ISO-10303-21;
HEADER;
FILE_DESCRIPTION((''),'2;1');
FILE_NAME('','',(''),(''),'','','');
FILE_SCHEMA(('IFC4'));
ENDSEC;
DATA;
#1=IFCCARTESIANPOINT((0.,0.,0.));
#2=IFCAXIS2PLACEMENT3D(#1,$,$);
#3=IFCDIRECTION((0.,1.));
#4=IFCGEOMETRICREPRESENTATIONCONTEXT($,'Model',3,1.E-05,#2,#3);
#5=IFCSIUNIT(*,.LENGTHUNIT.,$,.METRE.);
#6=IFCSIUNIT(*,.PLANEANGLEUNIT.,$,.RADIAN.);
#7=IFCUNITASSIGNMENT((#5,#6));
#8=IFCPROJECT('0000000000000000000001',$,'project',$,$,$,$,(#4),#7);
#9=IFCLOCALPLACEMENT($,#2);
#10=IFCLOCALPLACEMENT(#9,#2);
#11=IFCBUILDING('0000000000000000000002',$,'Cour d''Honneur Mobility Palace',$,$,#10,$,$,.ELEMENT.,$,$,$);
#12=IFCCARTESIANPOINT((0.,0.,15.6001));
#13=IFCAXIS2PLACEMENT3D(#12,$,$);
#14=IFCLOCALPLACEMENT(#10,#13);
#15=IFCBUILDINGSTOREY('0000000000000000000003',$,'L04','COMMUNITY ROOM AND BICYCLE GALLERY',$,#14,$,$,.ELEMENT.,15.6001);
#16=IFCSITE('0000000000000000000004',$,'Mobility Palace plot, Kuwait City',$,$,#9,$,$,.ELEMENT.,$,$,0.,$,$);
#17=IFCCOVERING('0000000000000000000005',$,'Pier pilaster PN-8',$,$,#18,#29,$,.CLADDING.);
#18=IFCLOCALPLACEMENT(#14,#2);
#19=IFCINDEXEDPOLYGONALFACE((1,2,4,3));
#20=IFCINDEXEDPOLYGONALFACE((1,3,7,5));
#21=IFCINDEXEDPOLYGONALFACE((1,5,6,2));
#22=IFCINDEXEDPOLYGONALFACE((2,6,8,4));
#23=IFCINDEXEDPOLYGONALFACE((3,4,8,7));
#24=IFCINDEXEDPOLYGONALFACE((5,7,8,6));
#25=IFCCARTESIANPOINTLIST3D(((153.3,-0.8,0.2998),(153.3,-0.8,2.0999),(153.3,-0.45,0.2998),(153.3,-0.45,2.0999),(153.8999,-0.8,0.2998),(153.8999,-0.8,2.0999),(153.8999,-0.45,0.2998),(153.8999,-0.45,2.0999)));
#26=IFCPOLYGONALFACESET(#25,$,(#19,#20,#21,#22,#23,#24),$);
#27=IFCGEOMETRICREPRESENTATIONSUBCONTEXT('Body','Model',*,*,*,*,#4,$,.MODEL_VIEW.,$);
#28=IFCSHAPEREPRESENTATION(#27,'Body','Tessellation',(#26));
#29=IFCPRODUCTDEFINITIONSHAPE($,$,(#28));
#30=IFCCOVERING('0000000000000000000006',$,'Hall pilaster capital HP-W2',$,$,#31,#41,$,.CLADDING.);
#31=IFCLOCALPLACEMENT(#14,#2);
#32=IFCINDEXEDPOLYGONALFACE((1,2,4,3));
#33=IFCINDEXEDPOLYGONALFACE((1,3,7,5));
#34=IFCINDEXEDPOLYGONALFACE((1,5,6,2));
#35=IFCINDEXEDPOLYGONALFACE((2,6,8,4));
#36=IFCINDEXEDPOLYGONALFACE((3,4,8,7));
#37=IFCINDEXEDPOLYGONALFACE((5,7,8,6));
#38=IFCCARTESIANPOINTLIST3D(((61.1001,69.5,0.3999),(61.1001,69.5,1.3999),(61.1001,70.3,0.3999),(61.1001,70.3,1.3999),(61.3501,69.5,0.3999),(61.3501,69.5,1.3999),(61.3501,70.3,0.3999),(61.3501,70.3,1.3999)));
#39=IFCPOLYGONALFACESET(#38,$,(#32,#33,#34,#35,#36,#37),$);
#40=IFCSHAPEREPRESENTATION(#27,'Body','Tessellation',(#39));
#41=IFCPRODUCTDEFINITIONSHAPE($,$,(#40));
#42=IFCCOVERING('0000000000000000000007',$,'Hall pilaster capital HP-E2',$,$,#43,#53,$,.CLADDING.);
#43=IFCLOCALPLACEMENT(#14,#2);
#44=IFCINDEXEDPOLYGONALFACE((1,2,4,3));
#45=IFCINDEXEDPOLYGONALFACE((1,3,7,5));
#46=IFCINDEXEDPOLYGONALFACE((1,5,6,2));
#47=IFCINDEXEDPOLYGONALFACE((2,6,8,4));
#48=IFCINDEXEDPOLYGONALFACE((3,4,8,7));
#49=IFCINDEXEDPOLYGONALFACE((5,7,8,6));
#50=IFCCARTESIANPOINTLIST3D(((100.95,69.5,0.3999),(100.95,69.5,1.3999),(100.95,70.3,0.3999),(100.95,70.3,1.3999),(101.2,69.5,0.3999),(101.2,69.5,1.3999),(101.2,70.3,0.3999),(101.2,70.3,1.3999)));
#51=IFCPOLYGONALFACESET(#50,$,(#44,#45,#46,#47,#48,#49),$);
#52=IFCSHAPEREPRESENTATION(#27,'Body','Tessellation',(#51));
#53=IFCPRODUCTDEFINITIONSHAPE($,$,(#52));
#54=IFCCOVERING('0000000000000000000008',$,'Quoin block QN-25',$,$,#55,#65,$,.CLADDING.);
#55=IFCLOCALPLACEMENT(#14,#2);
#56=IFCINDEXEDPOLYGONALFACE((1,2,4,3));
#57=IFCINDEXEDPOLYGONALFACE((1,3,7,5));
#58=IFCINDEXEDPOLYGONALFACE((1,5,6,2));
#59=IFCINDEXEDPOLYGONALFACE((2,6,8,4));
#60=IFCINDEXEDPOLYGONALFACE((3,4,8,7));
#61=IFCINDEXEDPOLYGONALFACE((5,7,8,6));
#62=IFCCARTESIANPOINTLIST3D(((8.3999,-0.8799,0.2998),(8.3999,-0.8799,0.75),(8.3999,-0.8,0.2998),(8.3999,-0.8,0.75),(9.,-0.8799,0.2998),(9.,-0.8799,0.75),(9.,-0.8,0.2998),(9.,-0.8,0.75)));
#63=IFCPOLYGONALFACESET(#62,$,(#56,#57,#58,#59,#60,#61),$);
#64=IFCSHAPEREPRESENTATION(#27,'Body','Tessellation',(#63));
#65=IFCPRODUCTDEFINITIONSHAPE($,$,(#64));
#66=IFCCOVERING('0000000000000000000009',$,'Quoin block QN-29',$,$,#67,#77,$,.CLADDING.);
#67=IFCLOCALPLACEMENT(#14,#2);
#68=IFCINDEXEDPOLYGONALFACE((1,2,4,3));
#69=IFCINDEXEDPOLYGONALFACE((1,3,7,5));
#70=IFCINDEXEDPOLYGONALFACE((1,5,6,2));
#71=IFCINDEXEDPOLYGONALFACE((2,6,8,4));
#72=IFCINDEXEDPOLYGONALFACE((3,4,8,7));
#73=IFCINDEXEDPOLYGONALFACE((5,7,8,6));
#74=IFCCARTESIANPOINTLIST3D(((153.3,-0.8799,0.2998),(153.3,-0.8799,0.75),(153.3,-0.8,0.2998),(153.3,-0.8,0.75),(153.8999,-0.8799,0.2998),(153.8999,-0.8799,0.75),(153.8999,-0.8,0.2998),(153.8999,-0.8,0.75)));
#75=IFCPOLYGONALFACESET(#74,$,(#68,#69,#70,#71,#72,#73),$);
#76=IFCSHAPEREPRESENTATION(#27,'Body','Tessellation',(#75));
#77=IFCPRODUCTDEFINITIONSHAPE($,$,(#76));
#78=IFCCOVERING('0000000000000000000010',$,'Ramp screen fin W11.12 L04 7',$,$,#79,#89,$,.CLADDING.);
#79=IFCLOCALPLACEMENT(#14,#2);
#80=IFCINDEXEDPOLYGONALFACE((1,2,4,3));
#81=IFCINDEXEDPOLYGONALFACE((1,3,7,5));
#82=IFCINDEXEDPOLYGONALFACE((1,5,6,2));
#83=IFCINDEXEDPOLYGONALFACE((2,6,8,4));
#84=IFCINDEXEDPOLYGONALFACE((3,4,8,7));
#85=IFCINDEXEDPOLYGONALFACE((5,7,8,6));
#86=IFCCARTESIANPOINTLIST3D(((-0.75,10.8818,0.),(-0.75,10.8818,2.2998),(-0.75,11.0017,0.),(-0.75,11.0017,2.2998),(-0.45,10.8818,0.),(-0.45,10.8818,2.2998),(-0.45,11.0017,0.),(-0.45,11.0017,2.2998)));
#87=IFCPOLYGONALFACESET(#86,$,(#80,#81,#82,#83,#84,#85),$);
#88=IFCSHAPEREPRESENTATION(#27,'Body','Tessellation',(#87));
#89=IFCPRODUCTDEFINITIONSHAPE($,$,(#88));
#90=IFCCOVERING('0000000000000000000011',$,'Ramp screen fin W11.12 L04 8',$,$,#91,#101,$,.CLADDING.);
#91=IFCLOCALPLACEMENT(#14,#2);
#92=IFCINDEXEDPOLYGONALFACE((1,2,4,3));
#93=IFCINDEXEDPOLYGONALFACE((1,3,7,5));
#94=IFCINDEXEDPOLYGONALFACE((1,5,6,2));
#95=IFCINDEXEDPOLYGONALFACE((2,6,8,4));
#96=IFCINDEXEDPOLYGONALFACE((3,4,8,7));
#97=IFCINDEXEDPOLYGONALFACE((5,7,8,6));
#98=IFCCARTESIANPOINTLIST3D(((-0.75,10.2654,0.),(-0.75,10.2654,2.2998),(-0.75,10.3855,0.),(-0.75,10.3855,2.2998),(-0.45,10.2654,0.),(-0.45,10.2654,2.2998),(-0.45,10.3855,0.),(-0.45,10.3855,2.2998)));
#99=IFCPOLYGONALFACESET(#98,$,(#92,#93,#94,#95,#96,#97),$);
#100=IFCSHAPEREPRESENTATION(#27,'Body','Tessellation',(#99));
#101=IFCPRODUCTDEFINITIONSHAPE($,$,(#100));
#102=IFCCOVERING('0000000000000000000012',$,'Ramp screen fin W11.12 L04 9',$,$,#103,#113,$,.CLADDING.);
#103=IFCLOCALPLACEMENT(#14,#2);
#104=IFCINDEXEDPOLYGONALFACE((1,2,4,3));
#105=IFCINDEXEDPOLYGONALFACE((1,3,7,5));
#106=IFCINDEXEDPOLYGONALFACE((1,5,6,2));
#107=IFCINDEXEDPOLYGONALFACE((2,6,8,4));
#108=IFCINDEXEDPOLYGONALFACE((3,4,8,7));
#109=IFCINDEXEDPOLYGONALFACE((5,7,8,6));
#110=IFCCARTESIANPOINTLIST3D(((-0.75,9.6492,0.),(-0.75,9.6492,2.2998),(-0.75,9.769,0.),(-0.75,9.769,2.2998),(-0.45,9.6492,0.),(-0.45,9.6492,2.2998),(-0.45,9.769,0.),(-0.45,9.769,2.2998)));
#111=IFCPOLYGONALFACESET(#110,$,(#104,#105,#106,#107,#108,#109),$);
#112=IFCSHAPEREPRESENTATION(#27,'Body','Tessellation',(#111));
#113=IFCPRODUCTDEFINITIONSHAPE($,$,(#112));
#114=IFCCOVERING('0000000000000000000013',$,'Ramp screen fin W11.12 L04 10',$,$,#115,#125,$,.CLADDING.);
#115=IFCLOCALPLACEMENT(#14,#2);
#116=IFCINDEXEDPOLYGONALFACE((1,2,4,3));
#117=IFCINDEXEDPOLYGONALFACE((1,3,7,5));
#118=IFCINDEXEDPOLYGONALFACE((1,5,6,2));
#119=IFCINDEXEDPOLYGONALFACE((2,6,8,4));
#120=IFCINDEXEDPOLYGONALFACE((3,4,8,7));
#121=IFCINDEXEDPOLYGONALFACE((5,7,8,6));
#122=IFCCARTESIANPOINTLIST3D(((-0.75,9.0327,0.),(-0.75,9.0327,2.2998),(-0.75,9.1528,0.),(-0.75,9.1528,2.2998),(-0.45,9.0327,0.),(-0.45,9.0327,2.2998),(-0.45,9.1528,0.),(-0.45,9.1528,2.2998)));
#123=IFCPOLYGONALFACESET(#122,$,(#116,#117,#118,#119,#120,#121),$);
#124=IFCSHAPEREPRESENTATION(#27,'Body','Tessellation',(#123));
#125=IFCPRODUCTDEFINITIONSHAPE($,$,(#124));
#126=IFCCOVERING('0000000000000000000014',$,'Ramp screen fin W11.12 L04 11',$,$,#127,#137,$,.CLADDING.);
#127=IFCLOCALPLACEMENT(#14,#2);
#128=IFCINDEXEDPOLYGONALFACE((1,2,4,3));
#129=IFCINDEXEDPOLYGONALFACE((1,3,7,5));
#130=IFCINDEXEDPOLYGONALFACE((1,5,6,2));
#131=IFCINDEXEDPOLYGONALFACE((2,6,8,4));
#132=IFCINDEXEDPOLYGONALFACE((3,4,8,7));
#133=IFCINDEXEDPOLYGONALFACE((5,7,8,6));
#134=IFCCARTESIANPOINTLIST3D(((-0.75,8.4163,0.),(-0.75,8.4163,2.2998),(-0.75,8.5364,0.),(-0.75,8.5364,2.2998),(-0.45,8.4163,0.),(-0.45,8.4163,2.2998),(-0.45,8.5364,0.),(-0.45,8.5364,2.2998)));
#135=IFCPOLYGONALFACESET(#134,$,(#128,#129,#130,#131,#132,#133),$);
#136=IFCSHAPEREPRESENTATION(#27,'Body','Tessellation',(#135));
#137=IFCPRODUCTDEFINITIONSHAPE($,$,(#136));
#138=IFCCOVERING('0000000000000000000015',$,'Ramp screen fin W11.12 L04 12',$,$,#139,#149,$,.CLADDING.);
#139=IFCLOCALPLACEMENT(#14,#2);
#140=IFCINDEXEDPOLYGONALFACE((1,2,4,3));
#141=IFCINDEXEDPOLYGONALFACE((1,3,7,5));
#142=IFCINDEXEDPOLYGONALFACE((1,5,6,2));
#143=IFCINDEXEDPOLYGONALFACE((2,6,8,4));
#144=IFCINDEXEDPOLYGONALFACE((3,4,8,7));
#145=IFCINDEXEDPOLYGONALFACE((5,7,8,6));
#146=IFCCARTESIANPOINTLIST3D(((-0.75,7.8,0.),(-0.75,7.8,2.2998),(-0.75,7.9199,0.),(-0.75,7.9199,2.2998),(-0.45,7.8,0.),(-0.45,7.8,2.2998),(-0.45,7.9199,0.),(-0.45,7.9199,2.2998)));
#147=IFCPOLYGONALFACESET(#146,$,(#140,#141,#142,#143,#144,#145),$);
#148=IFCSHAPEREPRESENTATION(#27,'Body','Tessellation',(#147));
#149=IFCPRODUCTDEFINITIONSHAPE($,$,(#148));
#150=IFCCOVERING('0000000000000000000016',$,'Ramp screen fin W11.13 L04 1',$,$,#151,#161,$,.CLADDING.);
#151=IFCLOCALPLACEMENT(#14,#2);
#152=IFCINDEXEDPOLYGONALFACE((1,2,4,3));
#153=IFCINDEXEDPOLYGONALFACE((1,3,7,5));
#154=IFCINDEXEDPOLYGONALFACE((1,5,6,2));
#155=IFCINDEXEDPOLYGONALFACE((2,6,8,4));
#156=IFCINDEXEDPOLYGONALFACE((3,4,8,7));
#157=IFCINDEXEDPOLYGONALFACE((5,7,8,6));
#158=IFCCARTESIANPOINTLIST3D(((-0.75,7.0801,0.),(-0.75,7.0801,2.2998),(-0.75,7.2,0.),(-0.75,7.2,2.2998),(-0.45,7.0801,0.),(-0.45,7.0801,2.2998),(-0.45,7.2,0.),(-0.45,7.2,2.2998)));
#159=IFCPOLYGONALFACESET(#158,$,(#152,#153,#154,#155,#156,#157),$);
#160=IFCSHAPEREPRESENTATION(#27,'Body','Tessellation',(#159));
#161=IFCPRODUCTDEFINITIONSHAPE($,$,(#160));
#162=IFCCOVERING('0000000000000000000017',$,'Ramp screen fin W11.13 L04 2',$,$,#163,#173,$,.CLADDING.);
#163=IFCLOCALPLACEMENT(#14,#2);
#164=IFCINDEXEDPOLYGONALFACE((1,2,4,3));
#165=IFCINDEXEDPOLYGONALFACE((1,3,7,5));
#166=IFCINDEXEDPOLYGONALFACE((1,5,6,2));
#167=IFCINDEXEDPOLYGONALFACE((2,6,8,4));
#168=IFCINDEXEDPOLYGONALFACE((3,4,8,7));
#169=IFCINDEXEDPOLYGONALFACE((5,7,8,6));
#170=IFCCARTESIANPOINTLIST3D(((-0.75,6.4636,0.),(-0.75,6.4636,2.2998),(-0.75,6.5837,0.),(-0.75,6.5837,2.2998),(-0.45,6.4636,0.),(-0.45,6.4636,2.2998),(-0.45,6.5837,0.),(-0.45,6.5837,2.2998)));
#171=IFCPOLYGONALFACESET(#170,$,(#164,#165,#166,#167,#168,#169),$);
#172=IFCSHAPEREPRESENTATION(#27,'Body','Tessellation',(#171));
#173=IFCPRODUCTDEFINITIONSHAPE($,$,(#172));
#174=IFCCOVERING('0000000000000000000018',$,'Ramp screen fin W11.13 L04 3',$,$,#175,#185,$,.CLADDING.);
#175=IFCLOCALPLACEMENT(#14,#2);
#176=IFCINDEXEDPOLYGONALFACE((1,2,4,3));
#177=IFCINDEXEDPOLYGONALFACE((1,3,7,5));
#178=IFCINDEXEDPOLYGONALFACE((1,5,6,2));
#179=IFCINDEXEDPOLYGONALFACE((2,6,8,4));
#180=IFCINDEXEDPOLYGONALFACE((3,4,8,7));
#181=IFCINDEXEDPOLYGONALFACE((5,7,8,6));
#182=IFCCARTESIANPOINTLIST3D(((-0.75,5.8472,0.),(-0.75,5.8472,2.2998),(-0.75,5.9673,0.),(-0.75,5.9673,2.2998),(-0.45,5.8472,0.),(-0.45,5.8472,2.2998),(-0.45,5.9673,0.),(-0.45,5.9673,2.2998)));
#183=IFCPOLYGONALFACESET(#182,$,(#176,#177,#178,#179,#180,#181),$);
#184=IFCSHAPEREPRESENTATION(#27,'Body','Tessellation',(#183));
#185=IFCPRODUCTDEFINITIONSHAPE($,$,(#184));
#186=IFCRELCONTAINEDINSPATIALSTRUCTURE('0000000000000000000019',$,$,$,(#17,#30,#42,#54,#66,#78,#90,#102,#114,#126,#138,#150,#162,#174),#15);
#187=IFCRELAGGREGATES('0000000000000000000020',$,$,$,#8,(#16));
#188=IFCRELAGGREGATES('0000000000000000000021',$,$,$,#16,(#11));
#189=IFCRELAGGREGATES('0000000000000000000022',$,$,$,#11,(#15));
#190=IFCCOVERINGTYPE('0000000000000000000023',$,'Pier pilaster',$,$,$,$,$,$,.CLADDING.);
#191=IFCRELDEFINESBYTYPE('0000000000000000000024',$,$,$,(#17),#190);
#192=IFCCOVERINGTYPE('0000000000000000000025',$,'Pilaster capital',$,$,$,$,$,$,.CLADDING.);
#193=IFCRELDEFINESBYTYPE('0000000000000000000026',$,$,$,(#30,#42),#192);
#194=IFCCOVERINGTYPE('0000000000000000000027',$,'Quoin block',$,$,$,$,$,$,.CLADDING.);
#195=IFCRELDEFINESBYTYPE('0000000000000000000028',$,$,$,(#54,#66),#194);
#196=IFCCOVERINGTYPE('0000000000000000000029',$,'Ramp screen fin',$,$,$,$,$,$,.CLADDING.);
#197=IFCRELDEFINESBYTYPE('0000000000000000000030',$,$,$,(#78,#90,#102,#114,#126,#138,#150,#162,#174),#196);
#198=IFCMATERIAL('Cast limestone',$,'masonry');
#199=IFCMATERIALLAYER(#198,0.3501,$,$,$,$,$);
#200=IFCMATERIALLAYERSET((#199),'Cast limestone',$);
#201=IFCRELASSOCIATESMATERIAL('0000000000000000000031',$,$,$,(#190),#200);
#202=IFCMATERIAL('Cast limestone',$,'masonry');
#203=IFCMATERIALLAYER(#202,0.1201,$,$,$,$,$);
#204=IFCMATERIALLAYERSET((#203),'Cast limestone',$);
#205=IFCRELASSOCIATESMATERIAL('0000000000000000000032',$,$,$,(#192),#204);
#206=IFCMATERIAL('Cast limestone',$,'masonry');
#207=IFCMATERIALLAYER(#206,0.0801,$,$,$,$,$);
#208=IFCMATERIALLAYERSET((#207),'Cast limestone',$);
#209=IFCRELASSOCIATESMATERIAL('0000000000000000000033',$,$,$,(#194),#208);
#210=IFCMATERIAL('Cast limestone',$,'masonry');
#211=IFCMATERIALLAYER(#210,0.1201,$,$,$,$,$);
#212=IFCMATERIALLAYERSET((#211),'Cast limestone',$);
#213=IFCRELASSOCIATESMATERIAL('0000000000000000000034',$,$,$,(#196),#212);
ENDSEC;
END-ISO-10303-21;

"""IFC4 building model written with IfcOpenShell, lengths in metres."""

from ifc_helpers import new_model, si_unit, direction, frame, origin, place, context, subcontext, project, spatial, polyline, outline, extrude, material, layer, layer_set, type_object, element, save


model = new_model("IFC4")

# Units and contexts
model_context = context("Model", 3, precision=1e-05, world=origin(), true_north=direction((0.0, 1.0)))
body_context = subcontext(model_context, "Body", "Model", "MODEL_VIEW")
ifc_project = project(units=[si_unit("LENGTHUNIT", "METRE"), si_unit("PLANEANGLEUNIT", "RADIAN")], contexts=[model_context])

# Site, building, storey
site_placement = place(None, origin())
site = spatial("IfcSite", under=ifc_project, at=site_placement, Name="Mobility Palace plot, Kuwait City", CompositionType="ELEMENT", RefElevation=0.0)
building_placement = place(site_placement, origin())
building = spatial("IfcBuilding", under=site, at=building_placement, Name="Cour d'Honneur Mobility Palace", CompositionType="ELEMENT")
storey_placement = place(building_placement, frame((0.0, 0.0, 15.6001)))
storey = spatial("IfcBuildingStorey", under=building, at=storey_placement, Name="L04", Description="COMMUNITY ROOM AND BICYCLE GALLERY", CompositionType="ELEMENT", Elevation=15.6001)

# Coverings
ifc_material_1 = material(Name="Cast limestone", Category="masonry")
ifc_layer_1 = layer(ifc_material_1, 0.3501)
ifc_layer_set_1 = layer_set([ifc_layer_1], Name="Cast limestone")
covering_type_1 = type_object("IfcCoveringType", Name="Pier pilaster", PredefinedType="CLADDING", material=ifc_layer_set_1)
covering_1_placement = place(storey_placement, frame((0.0, 0.0, 0.2998)))
element("IfcCovering", 1, at=covering_1_placement, inside=storey, type_object=covering_type_1, Name="Pier pilaster PN-8", PredefinedType="CLADDING", context=body_context, shape_type="SweptSolid", body=[
    extrude(outline(polyline([(153.3, -0.45), (153.8999, -0.45), (153.8999, -0.8), (153.3, -0.8), (153.3, -0.45)])), origin(), (0.0, 0.0, 1.0), 1.8),
])
ifc_material_2 = material(Name="Cast limestone", Category="masonry")
ifc_layer_2 = layer(ifc_material_2, 0.1201)
ifc_layer_set_2 = layer_set([ifc_layer_2], Name="Cast limestone")
covering_type_2 = type_object("IfcCoveringType", Name="Pilaster capital", PredefinedType="CLADDING", material=ifc_layer_set_2)
covering_2_placement = place(storey_placement, frame((0.0, 0.0, 0.3999)))
element("IfcCovering", 2, at=covering_2_placement, inside=storey, type_object=covering_type_2, Name="Hall pilaster capital HP-W2", PredefinedType="CLADDING", context=body_context, shape_type="SweptSolid", body=[
    extrude(outline(polyline([(61.1001, 69.5), (61.3501, 69.5), (61.3501, 70.3), (61.1001, 70.3), (61.1001, 69.5)])), origin(), (0.0, 0.0, 1.0), 1.0),
])
covering_3_placement = place(storey_placement, frame((0.0, 0.0, 0.3999)))
element("IfcCovering", 3, at=covering_3_placement, inside=storey, type_object=covering_type_2, Name="Hall pilaster capital HP-E2", PredefinedType="CLADDING", context=body_context, shape_type="SweptSolid", body=[
    extrude(outline(polyline([(100.95, 69.5), (101.2, 69.5), (101.2, 70.3), (100.95, 70.3), (100.95, 69.5)])), origin(), (0.0, 0.0, 1.0), 1.0),
])
ifc_material_3 = material(Name="Cast limestone", Category="masonry")
ifc_layer_3 = layer(ifc_material_3, 0.0801)
ifc_layer_set_3 = layer_set([ifc_layer_3], Name="Cast limestone")
covering_type_3 = type_object("IfcCoveringType", Name="Quoin block", PredefinedType="CLADDING", material=ifc_layer_set_3)
covering_4_placement = place(storey_placement, frame((0.0, 0.0, 0.2998)))
element("IfcCovering", 4, at=covering_4_placement, inside=storey, type_object=covering_type_3, Name="Quoin block QN-25", PredefinedType="CLADDING", context=body_context, shape_type="SweptSolid", body=[
    extrude(outline(polyline([(8.3999, -0.8), (9.0, -0.8), (9.0, -0.8799), (8.3999, -0.8799), (8.3999, -0.8)])), origin(), (0.0, 0.0, 1.0), 0.4502),
])
covering_5_placement = place(storey_placement, frame((0.0, 0.0, 0.2998)))
element("IfcCovering", 5, at=covering_5_placement, inside=storey, type_object=covering_type_3, Name="Quoin block QN-29", PredefinedType="CLADDING", context=body_context, shape_type="SweptSolid", body=[
    extrude(outline(polyline([(153.3, -0.8), (153.8999, -0.8), (153.8999, -0.8799), (153.3, -0.8799), (153.3, -0.8)])), origin(), (0.0, 0.0, 1.0), 0.4502),
])
ifc_material_4 = material(Name="Cast limestone", Category="masonry")
ifc_layer_4 = layer(ifc_material_4, 0.1201)
ifc_layer_set_4 = layer_set([ifc_layer_4], Name="Cast limestone")
covering_type_4 = type_object("IfcCoveringType", Name="Ramp screen fin", PredefinedType="CLADDING", material=ifc_layer_set_4)
covering_6_placement = place(storey_placement, origin())
element("IfcCovering", 6, at=covering_6_placement, inside=storey, type_object=covering_type_4, Name="Ramp screen fin W11.12 L04 7", PredefinedType="CLADDING", context=body_context, shape_type="SweptSolid", body=[
    extrude(outline(polyline([(-0.45, 11.0017), (-0.45, 10.8818), (-0.75, 10.8818), (-0.75, 11.0017), (-0.45, 11.0017)])), origin(), (0.0, 0.0, 1.0), 2.2998),
])
covering_7_placement = place(storey_placement, origin())
element("IfcCovering", 7, at=covering_7_placement, inside=storey, type_object=covering_type_4, Name="Ramp screen fin W11.12 L04 8", PredefinedType="CLADDING", context=body_context, shape_type="SweptSolid", body=[
    extrude(outline(polyline([(-0.45, 10.3855), (-0.45, 10.2654), (-0.75, 10.2654), (-0.75, 10.3855), (-0.45, 10.3855)])), origin(), (0.0, 0.0, 1.0), 2.2998),
])
covering_8_placement = place(storey_placement, origin())
element("IfcCovering", 8, at=covering_8_placement, inside=storey, type_object=covering_type_4, Name="Ramp screen fin W11.12 L04 9", PredefinedType="CLADDING", context=body_context, shape_type="SweptSolid", body=[
    extrude(outline(polyline([(-0.45, 9.769), (-0.45, 9.6492), (-0.75, 9.6492), (-0.75, 9.769), (-0.45, 9.769)])), origin(), (0.0, 0.0, 1.0), 2.2998),
])
covering_9_placement = place(storey_placement, origin())
element("IfcCovering", 9, at=covering_9_placement, inside=storey, type_object=covering_type_4, Name="Ramp screen fin W11.12 L04 10", PredefinedType="CLADDING", context=body_context, shape_type="SweptSolid", body=[
    extrude(outline(polyline([(-0.45, 9.1528), (-0.45, 9.0327), (-0.75, 9.0327), (-0.75, 9.1528), (-0.45, 9.1528)])), origin(), (0.0, 0.0, 1.0), 2.2998),
])
covering_10_placement = place(storey_placement, origin())
element("IfcCovering", 10, at=covering_10_placement, inside=storey, type_object=covering_type_4, Name="Ramp screen fin W11.12 L04 11", PredefinedType="CLADDING", context=body_context, shape_type="SweptSolid", body=[
    extrude(outline(polyline([(-0.45, 8.5364), (-0.45, 8.4163), (-0.75, 8.4163), (-0.75, 8.5364), (-0.45, 8.5364)])), origin(), (0.0, 0.0, 1.0), 2.2998),
])
covering_11_placement = place(storey_placement, origin())
element("IfcCovering", 11, at=covering_11_placement, inside=storey, type_object=covering_type_4, Name="Ramp screen fin W11.12 L04 12", PredefinedType="CLADDING", context=body_context, shape_type="SweptSolid", body=[
    extrude(outline(polyline([(-0.45, 7.9199), (-0.45, 7.8), (-0.75, 7.8), (-0.75, 7.9199), (-0.45, 7.9199)])), origin(), (0.0, 0.0, 1.0), 2.2998),
])
covering_12_placement = place(storey_placement, origin())
element("IfcCovering", 12, at=covering_12_placement, inside=storey, type_object=covering_type_4, Name="Ramp screen fin W11.13 L04 1", PredefinedType="CLADDING", context=body_context, shape_type="SweptSolid", body=[
    extrude(outline(polyline([(-0.45, 7.2), (-0.45, 7.0801), (-0.75, 7.0801), (-0.75, 7.2), (-0.45, 7.2)])), origin(), (0.0, 0.0, 1.0), 2.2998),
])
covering_13_placement = place(storey_placement, origin())
element("IfcCovering", 13, at=covering_13_placement, inside=storey, type_object=covering_type_4, Name="Ramp screen fin W11.13 L04 2", PredefinedType="CLADDING", context=body_context, shape_type="SweptSolid", body=[
    extrude(outline(polyline([(-0.45, 6.5837), (-0.45, 6.4636), (-0.75, 6.4636), (-0.75, 6.5837), (-0.45, 6.5837)])), origin(), (0.0, 0.0, 1.0), 2.2998),
])
covering_14_placement = place(storey_placement, origin())
element("IfcCovering", 14, at=covering_14_placement, inside=storey, type_object=covering_type_4, Name="Ramp screen fin W11.13 L04 3", PredefinedType="CLADDING", context=body_context, shape_type="SweptSolid", body=[
    extrude(outline(polyline([(-0.45, 5.9673), (-0.45, 5.8472), (-0.75, 5.8472), (-0.75, 5.9673), (-0.45, 5.9673)])), origin(), (0.0, 0.0, 1.0), 2.2998),
])

save(model, "model.ifc")
